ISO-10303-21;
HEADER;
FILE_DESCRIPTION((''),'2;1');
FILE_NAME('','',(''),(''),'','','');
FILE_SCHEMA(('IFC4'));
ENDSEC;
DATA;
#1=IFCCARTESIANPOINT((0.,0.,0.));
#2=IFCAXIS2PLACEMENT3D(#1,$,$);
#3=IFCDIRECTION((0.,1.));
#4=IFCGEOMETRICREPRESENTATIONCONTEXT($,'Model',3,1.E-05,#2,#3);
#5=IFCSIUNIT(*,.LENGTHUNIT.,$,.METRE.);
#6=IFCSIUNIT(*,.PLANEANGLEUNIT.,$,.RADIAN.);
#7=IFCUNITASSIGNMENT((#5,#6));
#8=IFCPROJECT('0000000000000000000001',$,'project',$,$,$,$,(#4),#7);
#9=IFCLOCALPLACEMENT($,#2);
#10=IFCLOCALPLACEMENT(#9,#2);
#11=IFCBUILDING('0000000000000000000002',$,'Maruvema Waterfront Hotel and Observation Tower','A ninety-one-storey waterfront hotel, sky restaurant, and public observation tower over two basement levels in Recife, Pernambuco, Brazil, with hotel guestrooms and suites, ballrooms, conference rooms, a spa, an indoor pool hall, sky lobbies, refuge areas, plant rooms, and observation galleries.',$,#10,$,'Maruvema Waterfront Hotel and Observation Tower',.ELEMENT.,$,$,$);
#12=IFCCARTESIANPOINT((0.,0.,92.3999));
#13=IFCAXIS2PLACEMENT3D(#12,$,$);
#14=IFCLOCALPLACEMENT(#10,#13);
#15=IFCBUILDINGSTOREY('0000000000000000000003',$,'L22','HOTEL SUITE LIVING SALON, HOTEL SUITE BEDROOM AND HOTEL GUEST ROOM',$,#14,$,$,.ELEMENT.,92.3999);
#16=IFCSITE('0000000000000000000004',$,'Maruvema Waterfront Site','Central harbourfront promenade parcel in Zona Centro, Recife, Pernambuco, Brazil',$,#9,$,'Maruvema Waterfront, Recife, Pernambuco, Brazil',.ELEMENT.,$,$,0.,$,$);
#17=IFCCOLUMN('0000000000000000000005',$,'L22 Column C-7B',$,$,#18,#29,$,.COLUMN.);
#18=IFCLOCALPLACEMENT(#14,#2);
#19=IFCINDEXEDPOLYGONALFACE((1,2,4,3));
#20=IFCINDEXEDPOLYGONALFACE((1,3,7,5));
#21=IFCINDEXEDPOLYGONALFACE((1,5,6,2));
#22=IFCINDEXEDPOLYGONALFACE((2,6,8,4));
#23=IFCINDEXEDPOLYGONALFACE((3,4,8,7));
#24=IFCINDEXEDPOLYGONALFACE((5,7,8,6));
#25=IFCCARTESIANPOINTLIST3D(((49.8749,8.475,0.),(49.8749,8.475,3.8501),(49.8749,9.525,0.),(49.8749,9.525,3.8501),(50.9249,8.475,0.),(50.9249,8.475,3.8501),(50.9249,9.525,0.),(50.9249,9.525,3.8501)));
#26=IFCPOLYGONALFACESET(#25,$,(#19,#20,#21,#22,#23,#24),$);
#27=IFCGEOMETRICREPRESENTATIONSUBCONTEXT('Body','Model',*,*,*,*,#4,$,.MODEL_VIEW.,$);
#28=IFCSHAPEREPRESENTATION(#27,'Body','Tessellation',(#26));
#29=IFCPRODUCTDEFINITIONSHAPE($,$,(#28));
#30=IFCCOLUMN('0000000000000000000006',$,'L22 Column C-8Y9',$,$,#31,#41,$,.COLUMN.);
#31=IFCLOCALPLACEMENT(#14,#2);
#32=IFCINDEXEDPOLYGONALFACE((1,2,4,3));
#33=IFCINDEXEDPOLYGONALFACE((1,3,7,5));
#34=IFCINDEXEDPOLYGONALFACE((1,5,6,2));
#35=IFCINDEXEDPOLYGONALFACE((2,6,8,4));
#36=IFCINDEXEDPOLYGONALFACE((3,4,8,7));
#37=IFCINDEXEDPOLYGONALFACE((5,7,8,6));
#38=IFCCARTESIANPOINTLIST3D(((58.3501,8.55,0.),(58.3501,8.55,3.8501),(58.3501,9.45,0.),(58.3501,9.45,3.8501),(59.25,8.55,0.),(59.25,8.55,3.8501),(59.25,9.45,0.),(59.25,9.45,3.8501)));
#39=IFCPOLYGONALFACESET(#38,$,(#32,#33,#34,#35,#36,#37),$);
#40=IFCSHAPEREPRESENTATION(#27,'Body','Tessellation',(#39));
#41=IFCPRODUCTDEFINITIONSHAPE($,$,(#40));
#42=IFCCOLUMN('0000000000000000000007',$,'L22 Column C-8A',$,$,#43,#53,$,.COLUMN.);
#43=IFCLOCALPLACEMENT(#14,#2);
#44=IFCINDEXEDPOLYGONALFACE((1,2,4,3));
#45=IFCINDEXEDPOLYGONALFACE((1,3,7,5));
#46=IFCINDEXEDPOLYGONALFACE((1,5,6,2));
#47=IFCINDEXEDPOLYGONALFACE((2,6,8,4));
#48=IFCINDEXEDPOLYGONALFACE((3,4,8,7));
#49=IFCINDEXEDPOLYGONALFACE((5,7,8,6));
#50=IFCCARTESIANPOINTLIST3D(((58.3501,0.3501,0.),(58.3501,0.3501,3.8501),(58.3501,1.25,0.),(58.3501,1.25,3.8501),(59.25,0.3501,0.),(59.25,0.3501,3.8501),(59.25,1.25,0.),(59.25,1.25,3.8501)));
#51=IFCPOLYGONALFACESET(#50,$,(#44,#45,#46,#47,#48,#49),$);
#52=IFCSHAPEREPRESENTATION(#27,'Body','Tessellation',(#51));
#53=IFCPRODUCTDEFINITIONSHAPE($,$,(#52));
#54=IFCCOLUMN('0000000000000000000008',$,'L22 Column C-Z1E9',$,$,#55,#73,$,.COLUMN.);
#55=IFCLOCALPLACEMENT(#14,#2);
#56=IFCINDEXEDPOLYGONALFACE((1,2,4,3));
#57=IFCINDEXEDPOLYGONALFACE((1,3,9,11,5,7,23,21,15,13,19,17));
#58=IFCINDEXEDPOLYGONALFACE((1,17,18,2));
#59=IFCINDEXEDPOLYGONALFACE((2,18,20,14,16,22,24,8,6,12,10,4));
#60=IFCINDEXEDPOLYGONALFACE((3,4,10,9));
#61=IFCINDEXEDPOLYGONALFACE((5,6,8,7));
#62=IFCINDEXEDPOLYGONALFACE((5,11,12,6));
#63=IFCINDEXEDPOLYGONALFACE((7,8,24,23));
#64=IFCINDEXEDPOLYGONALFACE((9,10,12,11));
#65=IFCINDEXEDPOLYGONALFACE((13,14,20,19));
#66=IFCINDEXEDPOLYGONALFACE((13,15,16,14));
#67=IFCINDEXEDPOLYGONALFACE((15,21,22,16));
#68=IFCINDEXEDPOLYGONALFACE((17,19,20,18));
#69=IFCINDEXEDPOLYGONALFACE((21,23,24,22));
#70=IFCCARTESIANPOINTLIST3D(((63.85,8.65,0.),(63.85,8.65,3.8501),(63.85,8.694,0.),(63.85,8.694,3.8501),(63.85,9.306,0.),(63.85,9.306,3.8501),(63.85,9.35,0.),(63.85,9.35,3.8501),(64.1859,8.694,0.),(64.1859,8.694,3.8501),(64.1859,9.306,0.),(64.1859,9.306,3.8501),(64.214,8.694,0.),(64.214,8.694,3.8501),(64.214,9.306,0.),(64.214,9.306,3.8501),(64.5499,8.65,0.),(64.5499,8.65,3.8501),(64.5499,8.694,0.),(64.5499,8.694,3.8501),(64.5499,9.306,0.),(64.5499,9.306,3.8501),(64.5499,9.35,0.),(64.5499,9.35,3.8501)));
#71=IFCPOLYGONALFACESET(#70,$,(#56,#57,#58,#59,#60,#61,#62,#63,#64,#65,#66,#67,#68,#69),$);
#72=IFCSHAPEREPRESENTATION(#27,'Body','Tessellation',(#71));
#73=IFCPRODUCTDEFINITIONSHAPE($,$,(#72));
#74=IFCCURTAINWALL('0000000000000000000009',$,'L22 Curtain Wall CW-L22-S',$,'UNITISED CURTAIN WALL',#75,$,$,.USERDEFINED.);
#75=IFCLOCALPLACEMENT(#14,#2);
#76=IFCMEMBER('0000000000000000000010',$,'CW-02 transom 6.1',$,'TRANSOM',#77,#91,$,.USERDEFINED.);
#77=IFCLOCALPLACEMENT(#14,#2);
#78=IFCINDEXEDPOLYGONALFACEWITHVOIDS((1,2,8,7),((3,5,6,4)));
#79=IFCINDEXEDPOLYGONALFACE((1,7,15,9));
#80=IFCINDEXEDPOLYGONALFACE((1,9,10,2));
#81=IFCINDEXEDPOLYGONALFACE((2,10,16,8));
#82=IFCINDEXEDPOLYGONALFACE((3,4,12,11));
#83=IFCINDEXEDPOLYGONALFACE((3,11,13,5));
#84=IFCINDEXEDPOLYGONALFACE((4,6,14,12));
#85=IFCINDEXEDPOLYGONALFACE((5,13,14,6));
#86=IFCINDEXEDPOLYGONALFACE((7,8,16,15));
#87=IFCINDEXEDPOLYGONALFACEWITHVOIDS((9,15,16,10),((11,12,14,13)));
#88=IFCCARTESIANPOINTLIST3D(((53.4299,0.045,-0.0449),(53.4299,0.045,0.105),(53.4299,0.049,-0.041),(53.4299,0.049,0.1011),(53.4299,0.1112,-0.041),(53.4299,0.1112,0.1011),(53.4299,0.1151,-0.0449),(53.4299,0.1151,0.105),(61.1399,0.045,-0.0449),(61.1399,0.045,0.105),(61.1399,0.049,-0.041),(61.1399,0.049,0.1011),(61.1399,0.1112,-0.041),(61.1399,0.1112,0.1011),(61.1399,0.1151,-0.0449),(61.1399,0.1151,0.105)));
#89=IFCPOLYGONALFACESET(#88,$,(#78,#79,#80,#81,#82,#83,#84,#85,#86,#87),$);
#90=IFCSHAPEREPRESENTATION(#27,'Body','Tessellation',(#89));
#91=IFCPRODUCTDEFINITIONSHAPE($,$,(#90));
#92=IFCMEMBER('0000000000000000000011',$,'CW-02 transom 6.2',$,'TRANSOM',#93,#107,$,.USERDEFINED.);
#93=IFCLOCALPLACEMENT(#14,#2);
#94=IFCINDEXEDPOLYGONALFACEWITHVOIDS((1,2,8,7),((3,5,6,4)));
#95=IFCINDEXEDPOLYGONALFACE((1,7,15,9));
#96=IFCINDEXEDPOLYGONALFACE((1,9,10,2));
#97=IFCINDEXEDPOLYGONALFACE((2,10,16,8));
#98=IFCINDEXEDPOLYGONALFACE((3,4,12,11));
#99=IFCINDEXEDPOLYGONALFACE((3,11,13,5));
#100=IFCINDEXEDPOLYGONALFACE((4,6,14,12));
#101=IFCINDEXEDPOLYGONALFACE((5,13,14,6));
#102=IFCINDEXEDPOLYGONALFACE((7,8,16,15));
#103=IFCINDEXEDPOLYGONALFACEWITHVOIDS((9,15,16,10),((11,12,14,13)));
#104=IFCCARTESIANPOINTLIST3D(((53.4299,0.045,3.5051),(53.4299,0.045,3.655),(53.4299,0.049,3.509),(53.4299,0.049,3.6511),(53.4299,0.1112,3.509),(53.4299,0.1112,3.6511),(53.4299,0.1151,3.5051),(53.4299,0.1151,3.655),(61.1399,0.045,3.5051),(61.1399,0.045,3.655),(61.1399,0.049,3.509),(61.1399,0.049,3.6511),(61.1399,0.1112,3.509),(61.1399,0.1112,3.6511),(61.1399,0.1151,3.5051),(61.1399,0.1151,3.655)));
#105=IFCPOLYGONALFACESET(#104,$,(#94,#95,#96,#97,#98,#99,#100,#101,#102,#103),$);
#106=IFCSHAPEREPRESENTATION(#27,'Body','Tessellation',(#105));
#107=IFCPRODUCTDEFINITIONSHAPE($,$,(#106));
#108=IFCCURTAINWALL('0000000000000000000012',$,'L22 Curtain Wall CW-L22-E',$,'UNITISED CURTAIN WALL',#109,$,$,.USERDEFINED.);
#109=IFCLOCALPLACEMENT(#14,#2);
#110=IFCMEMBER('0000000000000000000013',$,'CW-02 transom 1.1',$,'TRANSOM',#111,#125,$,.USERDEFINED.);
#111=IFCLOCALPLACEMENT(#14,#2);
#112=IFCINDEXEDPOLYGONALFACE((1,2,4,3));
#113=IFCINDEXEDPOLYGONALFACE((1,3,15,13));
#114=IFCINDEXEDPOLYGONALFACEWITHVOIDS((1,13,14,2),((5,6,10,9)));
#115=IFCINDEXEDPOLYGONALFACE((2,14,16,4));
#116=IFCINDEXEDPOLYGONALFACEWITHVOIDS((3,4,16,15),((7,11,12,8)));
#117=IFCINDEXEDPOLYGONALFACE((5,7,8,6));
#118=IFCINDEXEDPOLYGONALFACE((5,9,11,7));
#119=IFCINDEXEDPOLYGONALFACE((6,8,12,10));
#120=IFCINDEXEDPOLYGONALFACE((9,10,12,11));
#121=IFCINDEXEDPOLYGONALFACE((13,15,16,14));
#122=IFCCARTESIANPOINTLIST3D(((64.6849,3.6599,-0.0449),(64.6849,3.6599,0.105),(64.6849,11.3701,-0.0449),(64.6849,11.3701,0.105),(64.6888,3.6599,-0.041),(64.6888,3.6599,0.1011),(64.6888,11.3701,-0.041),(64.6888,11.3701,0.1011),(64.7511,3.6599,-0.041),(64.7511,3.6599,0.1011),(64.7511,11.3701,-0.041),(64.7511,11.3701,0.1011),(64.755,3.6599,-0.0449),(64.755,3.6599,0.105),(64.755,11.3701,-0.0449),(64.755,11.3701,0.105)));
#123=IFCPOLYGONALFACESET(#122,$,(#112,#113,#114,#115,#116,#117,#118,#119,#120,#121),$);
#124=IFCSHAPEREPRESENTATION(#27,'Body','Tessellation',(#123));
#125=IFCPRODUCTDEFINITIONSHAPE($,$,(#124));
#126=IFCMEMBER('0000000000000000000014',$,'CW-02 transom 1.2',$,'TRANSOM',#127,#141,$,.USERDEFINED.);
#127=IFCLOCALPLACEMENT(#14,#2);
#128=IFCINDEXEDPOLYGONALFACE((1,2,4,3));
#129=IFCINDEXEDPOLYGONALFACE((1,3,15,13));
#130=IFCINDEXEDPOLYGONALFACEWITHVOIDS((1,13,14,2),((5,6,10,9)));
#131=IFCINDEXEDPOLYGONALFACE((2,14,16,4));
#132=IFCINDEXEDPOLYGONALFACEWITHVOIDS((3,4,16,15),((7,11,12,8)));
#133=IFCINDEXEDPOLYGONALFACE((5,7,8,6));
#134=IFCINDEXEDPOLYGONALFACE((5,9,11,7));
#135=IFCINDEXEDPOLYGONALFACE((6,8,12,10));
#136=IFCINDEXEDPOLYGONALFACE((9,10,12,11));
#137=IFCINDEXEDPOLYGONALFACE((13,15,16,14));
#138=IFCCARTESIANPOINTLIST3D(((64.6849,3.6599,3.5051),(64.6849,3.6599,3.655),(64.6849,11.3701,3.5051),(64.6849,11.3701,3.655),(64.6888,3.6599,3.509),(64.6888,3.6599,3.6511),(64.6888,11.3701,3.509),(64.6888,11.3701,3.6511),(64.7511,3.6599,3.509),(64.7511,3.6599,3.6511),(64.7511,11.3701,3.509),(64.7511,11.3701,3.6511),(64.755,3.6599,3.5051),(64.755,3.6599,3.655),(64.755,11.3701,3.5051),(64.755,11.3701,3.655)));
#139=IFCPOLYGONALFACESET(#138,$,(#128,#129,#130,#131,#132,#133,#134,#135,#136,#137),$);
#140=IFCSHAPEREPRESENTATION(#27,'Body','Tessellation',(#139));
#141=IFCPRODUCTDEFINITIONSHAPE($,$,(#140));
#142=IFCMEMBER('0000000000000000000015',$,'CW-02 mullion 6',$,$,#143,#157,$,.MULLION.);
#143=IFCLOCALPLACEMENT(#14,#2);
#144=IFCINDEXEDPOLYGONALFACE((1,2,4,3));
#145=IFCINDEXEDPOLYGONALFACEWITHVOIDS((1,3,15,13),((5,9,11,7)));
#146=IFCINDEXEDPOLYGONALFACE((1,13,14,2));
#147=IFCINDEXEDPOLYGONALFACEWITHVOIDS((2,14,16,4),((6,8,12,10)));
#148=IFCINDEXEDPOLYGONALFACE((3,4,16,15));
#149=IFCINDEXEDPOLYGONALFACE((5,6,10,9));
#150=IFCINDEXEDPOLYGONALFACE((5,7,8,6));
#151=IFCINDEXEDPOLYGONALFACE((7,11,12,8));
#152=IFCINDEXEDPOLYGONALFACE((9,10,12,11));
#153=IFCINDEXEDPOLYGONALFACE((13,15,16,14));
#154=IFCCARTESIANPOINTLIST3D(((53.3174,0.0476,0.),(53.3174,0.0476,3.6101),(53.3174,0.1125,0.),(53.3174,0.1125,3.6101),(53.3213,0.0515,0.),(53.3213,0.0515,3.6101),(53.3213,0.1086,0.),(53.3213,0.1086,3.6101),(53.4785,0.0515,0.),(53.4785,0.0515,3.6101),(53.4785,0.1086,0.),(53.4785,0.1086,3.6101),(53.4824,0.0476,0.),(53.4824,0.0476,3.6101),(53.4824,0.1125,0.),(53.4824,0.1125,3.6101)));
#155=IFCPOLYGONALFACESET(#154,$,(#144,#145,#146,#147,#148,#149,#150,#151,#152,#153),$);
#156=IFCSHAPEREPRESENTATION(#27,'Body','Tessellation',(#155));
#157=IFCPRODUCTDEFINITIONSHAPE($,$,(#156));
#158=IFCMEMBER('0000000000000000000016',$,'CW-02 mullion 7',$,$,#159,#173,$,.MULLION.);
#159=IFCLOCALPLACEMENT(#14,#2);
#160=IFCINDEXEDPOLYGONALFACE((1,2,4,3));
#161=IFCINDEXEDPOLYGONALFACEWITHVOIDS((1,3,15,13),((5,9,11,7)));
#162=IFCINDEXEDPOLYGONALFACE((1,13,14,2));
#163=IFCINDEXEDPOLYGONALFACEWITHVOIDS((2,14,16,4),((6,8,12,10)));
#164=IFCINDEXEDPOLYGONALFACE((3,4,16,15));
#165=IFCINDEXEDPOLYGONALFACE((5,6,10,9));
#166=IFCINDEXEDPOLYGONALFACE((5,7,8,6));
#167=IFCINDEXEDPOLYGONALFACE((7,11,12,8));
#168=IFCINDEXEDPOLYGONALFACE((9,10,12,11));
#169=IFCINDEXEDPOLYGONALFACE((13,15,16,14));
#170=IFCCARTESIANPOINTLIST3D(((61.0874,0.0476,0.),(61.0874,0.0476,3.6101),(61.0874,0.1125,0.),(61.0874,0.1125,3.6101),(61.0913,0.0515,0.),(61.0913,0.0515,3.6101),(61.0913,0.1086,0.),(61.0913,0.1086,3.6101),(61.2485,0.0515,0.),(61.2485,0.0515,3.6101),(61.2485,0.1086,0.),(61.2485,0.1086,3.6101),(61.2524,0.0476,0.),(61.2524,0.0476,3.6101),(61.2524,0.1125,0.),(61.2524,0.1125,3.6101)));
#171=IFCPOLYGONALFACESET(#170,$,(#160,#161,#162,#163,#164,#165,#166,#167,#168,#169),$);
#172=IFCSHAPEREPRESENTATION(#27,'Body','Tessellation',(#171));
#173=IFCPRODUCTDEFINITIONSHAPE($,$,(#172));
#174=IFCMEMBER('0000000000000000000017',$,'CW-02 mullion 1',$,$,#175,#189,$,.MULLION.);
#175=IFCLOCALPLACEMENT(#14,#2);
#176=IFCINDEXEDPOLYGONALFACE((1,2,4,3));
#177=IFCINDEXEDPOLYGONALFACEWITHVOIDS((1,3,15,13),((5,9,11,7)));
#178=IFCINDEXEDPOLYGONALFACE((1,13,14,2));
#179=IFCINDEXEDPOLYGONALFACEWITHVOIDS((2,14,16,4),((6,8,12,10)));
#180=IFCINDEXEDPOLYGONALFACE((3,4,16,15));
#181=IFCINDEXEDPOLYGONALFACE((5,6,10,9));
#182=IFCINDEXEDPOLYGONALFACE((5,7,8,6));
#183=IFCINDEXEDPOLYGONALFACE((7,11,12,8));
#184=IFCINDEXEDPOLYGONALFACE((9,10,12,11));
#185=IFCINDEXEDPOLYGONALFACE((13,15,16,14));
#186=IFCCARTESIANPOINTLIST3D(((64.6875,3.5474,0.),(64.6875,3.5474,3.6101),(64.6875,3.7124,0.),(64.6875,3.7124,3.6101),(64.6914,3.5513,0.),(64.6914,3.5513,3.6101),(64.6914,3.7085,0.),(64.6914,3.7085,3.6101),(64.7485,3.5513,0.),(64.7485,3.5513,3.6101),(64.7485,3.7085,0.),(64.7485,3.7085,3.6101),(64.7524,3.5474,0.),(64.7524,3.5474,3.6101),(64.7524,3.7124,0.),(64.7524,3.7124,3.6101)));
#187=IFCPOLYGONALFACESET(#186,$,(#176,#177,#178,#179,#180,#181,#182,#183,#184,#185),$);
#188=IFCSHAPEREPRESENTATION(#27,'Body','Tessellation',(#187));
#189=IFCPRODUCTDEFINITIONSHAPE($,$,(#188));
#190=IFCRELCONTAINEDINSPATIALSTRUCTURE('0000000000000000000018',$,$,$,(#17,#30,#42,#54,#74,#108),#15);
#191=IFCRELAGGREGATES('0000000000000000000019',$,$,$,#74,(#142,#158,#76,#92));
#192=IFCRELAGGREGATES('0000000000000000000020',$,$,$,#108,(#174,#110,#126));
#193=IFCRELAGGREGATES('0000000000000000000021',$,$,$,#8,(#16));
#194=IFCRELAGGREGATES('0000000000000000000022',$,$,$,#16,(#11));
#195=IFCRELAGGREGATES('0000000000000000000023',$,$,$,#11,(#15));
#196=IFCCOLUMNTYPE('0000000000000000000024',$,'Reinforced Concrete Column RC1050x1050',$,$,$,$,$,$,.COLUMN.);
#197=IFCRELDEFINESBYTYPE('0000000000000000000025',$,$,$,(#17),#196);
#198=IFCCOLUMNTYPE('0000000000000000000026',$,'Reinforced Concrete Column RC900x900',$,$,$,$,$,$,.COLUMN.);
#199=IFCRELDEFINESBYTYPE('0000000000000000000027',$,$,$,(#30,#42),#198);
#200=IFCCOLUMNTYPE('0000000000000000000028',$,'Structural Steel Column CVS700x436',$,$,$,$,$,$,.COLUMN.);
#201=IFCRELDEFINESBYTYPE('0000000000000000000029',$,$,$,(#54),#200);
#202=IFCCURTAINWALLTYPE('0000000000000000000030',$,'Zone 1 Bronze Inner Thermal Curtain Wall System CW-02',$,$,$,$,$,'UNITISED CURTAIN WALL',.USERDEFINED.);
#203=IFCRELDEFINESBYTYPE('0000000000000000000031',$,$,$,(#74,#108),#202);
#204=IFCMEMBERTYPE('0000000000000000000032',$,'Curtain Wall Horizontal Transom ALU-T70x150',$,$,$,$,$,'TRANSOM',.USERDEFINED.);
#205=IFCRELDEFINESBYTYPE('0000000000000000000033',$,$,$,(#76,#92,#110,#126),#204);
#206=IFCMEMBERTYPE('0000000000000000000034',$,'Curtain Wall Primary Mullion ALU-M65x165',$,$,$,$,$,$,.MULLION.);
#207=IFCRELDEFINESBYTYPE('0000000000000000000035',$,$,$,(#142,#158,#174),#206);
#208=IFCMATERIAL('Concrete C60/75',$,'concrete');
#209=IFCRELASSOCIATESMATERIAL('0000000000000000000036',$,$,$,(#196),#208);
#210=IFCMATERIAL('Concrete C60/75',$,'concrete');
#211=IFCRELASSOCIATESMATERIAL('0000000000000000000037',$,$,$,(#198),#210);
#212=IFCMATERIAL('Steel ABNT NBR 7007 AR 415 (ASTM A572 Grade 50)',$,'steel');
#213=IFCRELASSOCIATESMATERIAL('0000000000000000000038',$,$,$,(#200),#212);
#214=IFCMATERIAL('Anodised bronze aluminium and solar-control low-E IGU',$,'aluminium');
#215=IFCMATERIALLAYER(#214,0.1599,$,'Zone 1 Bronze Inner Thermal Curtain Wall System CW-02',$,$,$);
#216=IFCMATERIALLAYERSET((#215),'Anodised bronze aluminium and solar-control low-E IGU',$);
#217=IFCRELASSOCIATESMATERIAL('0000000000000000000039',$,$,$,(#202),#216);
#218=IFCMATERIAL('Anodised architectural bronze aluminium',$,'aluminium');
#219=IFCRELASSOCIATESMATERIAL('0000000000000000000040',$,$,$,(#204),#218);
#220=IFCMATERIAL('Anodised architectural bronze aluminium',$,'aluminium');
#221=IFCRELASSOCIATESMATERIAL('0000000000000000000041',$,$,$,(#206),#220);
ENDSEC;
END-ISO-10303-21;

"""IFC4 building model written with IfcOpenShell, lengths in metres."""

from ifc_helpers import new_model, si_unit, direction, frame, origin, origin_2d, place, context, subcontext, project, spatial, rectangle, hollow_rectangle, i_section, extrude, material, layer, layer_set, material_profile, profile_set, type_object, element, aggregate, save


model = new_model("IFC4")

# Units and contexts
model_context = context("Model", 3, precision=1e-05, world=origin(), true_north=direction((0.0, 1.0)))
body_context = subcontext(model_context, "Body", "Model", "MODEL_VIEW")
ifc_project = project(units=[si_unit("LENGTHUNIT", "METRE"), si_unit("PLANEANGLEUNIT", "RADIAN")], contexts=[model_context])

# Site, building, storey
site_placement = place(None, origin())
site = spatial("IfcSite", under=ifc_project, at=site_placement, Name="Maruvema Waterfront Site", Description="Central harbourfront promenade parcel in Zona Centro, Recife, Pernambuco, Brazil", LongName="Maruvema Waterfront, Recife, Pernambuco, Brazil", CompositionType="ELEMENT", RefElevation=0.0)
building_placement = place(site_placement, origin())
building = spatial("IfcBuilding", under=site, at=building_placement, Name="Maruvema Waterfront Hotel and Observation Tower", Description="A ninety-one-storey waterfront hotel, sky restaurant, and public observation tower over two basement levels in Recife, Pernambuco, Brazil, with hotel guestrooms and suites, ballrooms, conference rooms, a spa, an indoor pool hall, sky lobbies, refuge areas, plant rooms, and observation galleries.", LongName="Maruvema Waterfront Hotel and Observation Tower", CompositionType="ELEMENT")
storey_placement = place(building_placement, frame((0.0, 0.0, 92.3999)))
storey = spatial("IfcBuildingStorey", under=building, at=storey_placement, Name="L22", Description="HOTEL SUITE LIVING SALON, HOTEL SUITE BEDROOM AND HOTEL GUEST ROOM", CompositionType="ELEMENT", Elevation=92.3999)

# Columns
ifc_material_1 = material(Name="Concrete C60/75", Category="concrete")
ifc_material_profile_1 = material_profile(ifc_material_1, rectangle(XDim=1.05, YDim=1.05, at=origin_2d()), Name="RC1050x1050")
ifc_profile_set_1 = profile_set([ifc_material_profile_1], Name="Concrete C60/75")
column_type_1 = type_object("IfcColumnType", Name="Reinforced Concrete Column RC1050x1050", PredefinedType="COLUMN", material=ifc_profile_set_1)
column_1_placement = place(storey_placement, frame((50.3999, 9.0, 0.0), z_axis=(0.0, 0.0, 1.0), x_axis=(1.0, 0.0, 0.0)))
element("IfcColumn", 1, at=column_1_placement, inside=storey, type_object=column_type_1, Name="L22 Column C-7B", PredefinedType="COLUMN", context=body_context, shape_type="SweptSolid", body=[
    extrude(rectangle(XDim=1.05, YDim=1.05, at=origin_2d()), origin(), (0.0, 0.0, 1.0), 3.8501),
])
ifc_material_2 = material(Name="Concrete C60/75", Category="concrete")
ifc_material_profile_2 = material_profile(ifc_material_2, rectangle(XDim=0.8999, YDim=0.8999, at=origin_2d()), Name="RC900x900")
ifc_profile_set_2 = profile_set([ifc_material_profile_2], Name="Concrete C60/75")
column_type_2 = type_object("IfcColumnType", Name="Reinforced Concrete Column RC900x900", PredefinedType="COLUMN", material=ifc_profile_set_2)
for number, where, z_axis, x_axis, name in (
    (2, (58.8, 9.0, 0.0), (0.0, 0.0, 1.0), (1.0, 0.0, 0.0), "L22 Column C-8Y9"),
    (3, (58.8, 0.8, 0.0), (0.0, 0.0, 1.0), (1.0, 0.0, 0.0), "L22 Column C-8A"),
):
    element("IfcColumn", number, at=place(storey_placement, frame(where, z_axis=z_axis, x_axis=x_axis)), inside=storey, type_object=column_type_2, Name=name, PredefinedType="COLUMN", context=body_context, shape_type="SweptSolid", body=[
        extrude(rectangle(XDim=0.8999, YDim=0.8999, at=origin_2d()), origin(), (0.0, 0.0, 1.0), 3.8501),
    ])
ifc_material_3 = material(Name="Steel ABNT NBR 7007 AR 415 (ASTM A572 Grade 50)", Category="steel")
ifc_material_profile_3 = material_profile(ifc_material_3, i_section(OverallWidth=0.7, OverallDepth=0.7, WebThickness=0.0281, FlangeThickness=0.0439, at=origin_2d()), Name="CVS700x436")
ifc_profile_set_3 = profile_set([ifc_material_profile_3], Name="Steel ABNT NBR 7007 AR 415 (ASTM A572 Grade 50)")
column_type_3 = type_object("IfcColumnType", Name="Structural Steel Column CVS700x436", PredefinedType="COLUMN", material=ifc_profile_set_3)
column_2_placement = place(storey_placement, frame((64.2, 9.0, 0.0), z_axis=(0.0, 0.0, 1.0), x_axis=(1.0, 0.0, 0.0)))
element("IfcColumn", 4, at=column_2_placement, inside=storey, type_object=column_type_3, Name="L22 Column C-Z1E9", PredefinedType="COLUMN", context=body_context, shape_type="SweptSolid", body=[
    extrude(i_section(OverallWidth=0.7, OverallDepth=0.7, WebThickness=0.0281, FlangeThickness=0.0439, at=origin_2d()), origin(), (0.0, 0.0, 1.0), 3.8501),
])

# Curtain walls, members
ifc_material_4 = material(Name="Anodised bronze aluminium and solar-control low-E IGU", Category="aluminium")
ifc_layer_1 = layer(ifc_material_4, 0.1599, Name="Zone 1 Bronze Inner Thermal Curtain Wall System CW-02")
ifc_layer_set_1 = layer_set([ifc_layer_1], Name="Anodised bronze aluminium and solar-control low-E IGU")
curtain_wall_type = type_object("IfcCurtainWallType", Name="Zone 1 Bronze Inner Thermal Curtain Wall System CW-02", ElementType="UNITISED CURTAIN WALL", PredefinedType="USERDEFINED", material=ifc_layer_set_1)
curtain_wall_1_placement = place(storey_placement, origin())
curtain_wall_1 = element("IfcCurtainWall", 5, at=curtain_wall_1_placement, inside=storey, type_object=curtain_wall_type, Name="L22 Curtain Wall CW-L22-S", ObjectType="UNITISED CURTAIN WALL", PredefinedType="USERDEFINED")
ifc_material_5 = material(Name="Anodised architectural bronze aluminium", Category="aluminium")
ifc_material_profile_4 = material_profile(ifc_material_5, hollow_rectangle(XDim=0.0701, YDim=0.1499, WallThickness=0.0039, at=origin_2d()), Name="ALU-T70x150")
ifc_profile_set_4 = profile_set([ifc_material_profile_4], Name="Anodised architectural bronze aluminium")
member_type_1 = type_object("IfcMemberType", Name="Curtain Wall Horizontal Transom ALU-T70x150", ElementType="TRANSOM", PredefinedType="USERDEFINED", material=ifc_profile_set_4)
member_1_placement = place(storey_placement, frame((53.4299, 0.0801, 0.03), z_axis=(1.0, 0.0, 0.0), x_axis=(0.0, 1.0, 0.0)))
member_1 = element("IfcMember", 6, at=member_1_placement, type_object=member_type_1, Name="CW-02 transom 6.1", ObjectType="TRANSOM", PredefinedType="USERDEFINED", context=body_context, shape_type="SweptSolid", body=[
    extrude(hollow_rectangle(XDim=0.0701, YDim=0.1499, WallThickness=0.0039, at=origin_2d()), origin(), (0.0, 0.0, 1.0), 7.71),
])
member_2_placement = place(storey_placement, frame((53.4299, 0.0801, 3.5801), z_axis=(1.0, 0.0, 0.0), x_axis=(0.0, 1.0, 0.0)))
member_2 = element("IfcMember", 7, at=member_2_placement, type_object=member_type_1, Name="CW-02 transom 6.2", ObjectType="TRANSOM", PredefinedType="USERDEFINED", context=body_context, shape_type="SweptSolid", body=[
    extrude(hollow_rectangle(XDim=0.0701, YDim=0.1499, WallThickness=0.0039, at=origin_2d()), origin(), (0.0, 0.0, 1.0), 7.71),
])
curtain_wall_2_placement = place(storey_placement, origin())
curtain_wall_2 = element("IfcCurtainWall", 8, at=curtain_wall_2_placement, inside=storey, type_object=curtain_wall_type, Name="L22 Curtain Wall CW-L22-E", ObjectType="UNITISED CURTAIN WALL", PredefinedType="USERDEFINED")
member_3_placement = place(storey_placement, frame((64.72, 3.6599, 0.03), z_axis=(0.0, 1.0, 0.0), x_axis=(-1.0, 0.0, 0.0)))
member_3 = element("IfcMember", 9, at=member_3_placement, type_object=member_type_1, Name="CW-02 transom 1.1", ObjectType="TRANSOM", PredefinedType="USERDEFINED", context=body_context, shape_type="SweptSolid", body=[
    extrude(hollow_rectangle(XDim=0.0701, YDim=0.1499, WallThickness=0.0039, at=origin_2d()), origin(), (0.0, 0.0, 1.0), 7.7102),
])
member_4_placement = place(storey_placement, frame((64.72, 3.6599, 3.5801), z_axis=(0.0, 1.0, 0.0), x_axis=(-1.0, 0.0, 0.0)))
member_4 = element("IfcMember", 10, at=member_4_placement, type_object=member_type_1, Name="CW-02 transom 1.2", ObjectType="TRANSOM", PredefinedType="USERDEFINED", context=body_context, shape_type="SweptSolid", body=[
    extrude(hollow_rectangle(XDim=0.0701, YDim=0.1499, WallThickness=0.0039, at=origin_2d()), origin(), (0.0, 0.0, 1.0), 7.7102),
])

# Members
ifc_material_6 = material(Name="Anodised architectural bronze aluminium", Category="aluminium")
ifc_material_profile_5 = material_profile(ifc_material_6, hollow_rectangle(XDim=0.0649, YDim=0.165, WallThickness=0.0039, at=origin_2d()), Name="ALU-M65x165")
ifc_profile_set_5 = profile_set([ifc_material_profile_5], Name="Anodised architectural bronze aluminium")
member_type_2 = type_object("IfcMemberType", Name="Curtain Wall Primary Mullion ALU-M65x165", PredefinedType="MULLION", material=ifc_profile_set_5)
member_5_placement = place(storey_placement, frame((53.3999, 0.0801, 0.0), z_axis=(0.0, 0.0, 1.0), x_axis=(0.0, 1.0, 0.0)))
member_5 = element("IfcMember", 11, at=member_5_placement, type_object=member_type_2, Name="CW-02 mullion 6", PredefinedType="MULLION", context=body_context, shape_type="SweptSolid", body=[
    extrude(hollow_rectangle(XDim=0.0649, YDim=0.165, WallThickness=0.0039, at=origin_2d()), origin(), (0.0, 0.0, 1.0), 3.6101),
])
member_6_placement = place(storey_placement, frame((61.1699, 0.0801, 0.0), z_axis=(0.0, 0.0, 1.0), x_axis=(0.0, 1.0, 0.0)))
member_6 = element("IfcMember", 12, at=member_6_placement, type_object=member_type_2, Name="CW-02 mullion 7", PredefinedType="MULLION", context=body_context, shape_type="SweptSolid", body=[
    extrude(hollow_rectangle(XDim=0.0649, YDim=0.165, WallThickness=0.0039, at=origin_2d()), origin(), (0.0, 0.0, 1.0), 3.6101),
])
member_7_placement = place(storey_placement, frame((64.72, 3.6299, 0.0), z_axis=(0.0, 0.0, 1.0), x_axis=(-1.0, 0.0, 0.0)))
member_7 = element("IfcMember", 13, at=member_7_placement, type_object=member_type_2, Name="CW-02 mullion 1", PredefinedType="MULLION", context=body_context, shape_type="SweptSolid", body=[
    extrude(hollow_rectangle(XDim=0.0649, YDim=0.165, WallThickness=0.0039, at=origin_2d()), origin(), (0.0, 0.0, 1.0), 3.6101),
])

aggregate(curtain_wall_1, [member_5, member_6, member_1, member_2])
aggregate(curtain_wall_2, [member_7, member_3, member_4])

save(model, "model.ifc")
